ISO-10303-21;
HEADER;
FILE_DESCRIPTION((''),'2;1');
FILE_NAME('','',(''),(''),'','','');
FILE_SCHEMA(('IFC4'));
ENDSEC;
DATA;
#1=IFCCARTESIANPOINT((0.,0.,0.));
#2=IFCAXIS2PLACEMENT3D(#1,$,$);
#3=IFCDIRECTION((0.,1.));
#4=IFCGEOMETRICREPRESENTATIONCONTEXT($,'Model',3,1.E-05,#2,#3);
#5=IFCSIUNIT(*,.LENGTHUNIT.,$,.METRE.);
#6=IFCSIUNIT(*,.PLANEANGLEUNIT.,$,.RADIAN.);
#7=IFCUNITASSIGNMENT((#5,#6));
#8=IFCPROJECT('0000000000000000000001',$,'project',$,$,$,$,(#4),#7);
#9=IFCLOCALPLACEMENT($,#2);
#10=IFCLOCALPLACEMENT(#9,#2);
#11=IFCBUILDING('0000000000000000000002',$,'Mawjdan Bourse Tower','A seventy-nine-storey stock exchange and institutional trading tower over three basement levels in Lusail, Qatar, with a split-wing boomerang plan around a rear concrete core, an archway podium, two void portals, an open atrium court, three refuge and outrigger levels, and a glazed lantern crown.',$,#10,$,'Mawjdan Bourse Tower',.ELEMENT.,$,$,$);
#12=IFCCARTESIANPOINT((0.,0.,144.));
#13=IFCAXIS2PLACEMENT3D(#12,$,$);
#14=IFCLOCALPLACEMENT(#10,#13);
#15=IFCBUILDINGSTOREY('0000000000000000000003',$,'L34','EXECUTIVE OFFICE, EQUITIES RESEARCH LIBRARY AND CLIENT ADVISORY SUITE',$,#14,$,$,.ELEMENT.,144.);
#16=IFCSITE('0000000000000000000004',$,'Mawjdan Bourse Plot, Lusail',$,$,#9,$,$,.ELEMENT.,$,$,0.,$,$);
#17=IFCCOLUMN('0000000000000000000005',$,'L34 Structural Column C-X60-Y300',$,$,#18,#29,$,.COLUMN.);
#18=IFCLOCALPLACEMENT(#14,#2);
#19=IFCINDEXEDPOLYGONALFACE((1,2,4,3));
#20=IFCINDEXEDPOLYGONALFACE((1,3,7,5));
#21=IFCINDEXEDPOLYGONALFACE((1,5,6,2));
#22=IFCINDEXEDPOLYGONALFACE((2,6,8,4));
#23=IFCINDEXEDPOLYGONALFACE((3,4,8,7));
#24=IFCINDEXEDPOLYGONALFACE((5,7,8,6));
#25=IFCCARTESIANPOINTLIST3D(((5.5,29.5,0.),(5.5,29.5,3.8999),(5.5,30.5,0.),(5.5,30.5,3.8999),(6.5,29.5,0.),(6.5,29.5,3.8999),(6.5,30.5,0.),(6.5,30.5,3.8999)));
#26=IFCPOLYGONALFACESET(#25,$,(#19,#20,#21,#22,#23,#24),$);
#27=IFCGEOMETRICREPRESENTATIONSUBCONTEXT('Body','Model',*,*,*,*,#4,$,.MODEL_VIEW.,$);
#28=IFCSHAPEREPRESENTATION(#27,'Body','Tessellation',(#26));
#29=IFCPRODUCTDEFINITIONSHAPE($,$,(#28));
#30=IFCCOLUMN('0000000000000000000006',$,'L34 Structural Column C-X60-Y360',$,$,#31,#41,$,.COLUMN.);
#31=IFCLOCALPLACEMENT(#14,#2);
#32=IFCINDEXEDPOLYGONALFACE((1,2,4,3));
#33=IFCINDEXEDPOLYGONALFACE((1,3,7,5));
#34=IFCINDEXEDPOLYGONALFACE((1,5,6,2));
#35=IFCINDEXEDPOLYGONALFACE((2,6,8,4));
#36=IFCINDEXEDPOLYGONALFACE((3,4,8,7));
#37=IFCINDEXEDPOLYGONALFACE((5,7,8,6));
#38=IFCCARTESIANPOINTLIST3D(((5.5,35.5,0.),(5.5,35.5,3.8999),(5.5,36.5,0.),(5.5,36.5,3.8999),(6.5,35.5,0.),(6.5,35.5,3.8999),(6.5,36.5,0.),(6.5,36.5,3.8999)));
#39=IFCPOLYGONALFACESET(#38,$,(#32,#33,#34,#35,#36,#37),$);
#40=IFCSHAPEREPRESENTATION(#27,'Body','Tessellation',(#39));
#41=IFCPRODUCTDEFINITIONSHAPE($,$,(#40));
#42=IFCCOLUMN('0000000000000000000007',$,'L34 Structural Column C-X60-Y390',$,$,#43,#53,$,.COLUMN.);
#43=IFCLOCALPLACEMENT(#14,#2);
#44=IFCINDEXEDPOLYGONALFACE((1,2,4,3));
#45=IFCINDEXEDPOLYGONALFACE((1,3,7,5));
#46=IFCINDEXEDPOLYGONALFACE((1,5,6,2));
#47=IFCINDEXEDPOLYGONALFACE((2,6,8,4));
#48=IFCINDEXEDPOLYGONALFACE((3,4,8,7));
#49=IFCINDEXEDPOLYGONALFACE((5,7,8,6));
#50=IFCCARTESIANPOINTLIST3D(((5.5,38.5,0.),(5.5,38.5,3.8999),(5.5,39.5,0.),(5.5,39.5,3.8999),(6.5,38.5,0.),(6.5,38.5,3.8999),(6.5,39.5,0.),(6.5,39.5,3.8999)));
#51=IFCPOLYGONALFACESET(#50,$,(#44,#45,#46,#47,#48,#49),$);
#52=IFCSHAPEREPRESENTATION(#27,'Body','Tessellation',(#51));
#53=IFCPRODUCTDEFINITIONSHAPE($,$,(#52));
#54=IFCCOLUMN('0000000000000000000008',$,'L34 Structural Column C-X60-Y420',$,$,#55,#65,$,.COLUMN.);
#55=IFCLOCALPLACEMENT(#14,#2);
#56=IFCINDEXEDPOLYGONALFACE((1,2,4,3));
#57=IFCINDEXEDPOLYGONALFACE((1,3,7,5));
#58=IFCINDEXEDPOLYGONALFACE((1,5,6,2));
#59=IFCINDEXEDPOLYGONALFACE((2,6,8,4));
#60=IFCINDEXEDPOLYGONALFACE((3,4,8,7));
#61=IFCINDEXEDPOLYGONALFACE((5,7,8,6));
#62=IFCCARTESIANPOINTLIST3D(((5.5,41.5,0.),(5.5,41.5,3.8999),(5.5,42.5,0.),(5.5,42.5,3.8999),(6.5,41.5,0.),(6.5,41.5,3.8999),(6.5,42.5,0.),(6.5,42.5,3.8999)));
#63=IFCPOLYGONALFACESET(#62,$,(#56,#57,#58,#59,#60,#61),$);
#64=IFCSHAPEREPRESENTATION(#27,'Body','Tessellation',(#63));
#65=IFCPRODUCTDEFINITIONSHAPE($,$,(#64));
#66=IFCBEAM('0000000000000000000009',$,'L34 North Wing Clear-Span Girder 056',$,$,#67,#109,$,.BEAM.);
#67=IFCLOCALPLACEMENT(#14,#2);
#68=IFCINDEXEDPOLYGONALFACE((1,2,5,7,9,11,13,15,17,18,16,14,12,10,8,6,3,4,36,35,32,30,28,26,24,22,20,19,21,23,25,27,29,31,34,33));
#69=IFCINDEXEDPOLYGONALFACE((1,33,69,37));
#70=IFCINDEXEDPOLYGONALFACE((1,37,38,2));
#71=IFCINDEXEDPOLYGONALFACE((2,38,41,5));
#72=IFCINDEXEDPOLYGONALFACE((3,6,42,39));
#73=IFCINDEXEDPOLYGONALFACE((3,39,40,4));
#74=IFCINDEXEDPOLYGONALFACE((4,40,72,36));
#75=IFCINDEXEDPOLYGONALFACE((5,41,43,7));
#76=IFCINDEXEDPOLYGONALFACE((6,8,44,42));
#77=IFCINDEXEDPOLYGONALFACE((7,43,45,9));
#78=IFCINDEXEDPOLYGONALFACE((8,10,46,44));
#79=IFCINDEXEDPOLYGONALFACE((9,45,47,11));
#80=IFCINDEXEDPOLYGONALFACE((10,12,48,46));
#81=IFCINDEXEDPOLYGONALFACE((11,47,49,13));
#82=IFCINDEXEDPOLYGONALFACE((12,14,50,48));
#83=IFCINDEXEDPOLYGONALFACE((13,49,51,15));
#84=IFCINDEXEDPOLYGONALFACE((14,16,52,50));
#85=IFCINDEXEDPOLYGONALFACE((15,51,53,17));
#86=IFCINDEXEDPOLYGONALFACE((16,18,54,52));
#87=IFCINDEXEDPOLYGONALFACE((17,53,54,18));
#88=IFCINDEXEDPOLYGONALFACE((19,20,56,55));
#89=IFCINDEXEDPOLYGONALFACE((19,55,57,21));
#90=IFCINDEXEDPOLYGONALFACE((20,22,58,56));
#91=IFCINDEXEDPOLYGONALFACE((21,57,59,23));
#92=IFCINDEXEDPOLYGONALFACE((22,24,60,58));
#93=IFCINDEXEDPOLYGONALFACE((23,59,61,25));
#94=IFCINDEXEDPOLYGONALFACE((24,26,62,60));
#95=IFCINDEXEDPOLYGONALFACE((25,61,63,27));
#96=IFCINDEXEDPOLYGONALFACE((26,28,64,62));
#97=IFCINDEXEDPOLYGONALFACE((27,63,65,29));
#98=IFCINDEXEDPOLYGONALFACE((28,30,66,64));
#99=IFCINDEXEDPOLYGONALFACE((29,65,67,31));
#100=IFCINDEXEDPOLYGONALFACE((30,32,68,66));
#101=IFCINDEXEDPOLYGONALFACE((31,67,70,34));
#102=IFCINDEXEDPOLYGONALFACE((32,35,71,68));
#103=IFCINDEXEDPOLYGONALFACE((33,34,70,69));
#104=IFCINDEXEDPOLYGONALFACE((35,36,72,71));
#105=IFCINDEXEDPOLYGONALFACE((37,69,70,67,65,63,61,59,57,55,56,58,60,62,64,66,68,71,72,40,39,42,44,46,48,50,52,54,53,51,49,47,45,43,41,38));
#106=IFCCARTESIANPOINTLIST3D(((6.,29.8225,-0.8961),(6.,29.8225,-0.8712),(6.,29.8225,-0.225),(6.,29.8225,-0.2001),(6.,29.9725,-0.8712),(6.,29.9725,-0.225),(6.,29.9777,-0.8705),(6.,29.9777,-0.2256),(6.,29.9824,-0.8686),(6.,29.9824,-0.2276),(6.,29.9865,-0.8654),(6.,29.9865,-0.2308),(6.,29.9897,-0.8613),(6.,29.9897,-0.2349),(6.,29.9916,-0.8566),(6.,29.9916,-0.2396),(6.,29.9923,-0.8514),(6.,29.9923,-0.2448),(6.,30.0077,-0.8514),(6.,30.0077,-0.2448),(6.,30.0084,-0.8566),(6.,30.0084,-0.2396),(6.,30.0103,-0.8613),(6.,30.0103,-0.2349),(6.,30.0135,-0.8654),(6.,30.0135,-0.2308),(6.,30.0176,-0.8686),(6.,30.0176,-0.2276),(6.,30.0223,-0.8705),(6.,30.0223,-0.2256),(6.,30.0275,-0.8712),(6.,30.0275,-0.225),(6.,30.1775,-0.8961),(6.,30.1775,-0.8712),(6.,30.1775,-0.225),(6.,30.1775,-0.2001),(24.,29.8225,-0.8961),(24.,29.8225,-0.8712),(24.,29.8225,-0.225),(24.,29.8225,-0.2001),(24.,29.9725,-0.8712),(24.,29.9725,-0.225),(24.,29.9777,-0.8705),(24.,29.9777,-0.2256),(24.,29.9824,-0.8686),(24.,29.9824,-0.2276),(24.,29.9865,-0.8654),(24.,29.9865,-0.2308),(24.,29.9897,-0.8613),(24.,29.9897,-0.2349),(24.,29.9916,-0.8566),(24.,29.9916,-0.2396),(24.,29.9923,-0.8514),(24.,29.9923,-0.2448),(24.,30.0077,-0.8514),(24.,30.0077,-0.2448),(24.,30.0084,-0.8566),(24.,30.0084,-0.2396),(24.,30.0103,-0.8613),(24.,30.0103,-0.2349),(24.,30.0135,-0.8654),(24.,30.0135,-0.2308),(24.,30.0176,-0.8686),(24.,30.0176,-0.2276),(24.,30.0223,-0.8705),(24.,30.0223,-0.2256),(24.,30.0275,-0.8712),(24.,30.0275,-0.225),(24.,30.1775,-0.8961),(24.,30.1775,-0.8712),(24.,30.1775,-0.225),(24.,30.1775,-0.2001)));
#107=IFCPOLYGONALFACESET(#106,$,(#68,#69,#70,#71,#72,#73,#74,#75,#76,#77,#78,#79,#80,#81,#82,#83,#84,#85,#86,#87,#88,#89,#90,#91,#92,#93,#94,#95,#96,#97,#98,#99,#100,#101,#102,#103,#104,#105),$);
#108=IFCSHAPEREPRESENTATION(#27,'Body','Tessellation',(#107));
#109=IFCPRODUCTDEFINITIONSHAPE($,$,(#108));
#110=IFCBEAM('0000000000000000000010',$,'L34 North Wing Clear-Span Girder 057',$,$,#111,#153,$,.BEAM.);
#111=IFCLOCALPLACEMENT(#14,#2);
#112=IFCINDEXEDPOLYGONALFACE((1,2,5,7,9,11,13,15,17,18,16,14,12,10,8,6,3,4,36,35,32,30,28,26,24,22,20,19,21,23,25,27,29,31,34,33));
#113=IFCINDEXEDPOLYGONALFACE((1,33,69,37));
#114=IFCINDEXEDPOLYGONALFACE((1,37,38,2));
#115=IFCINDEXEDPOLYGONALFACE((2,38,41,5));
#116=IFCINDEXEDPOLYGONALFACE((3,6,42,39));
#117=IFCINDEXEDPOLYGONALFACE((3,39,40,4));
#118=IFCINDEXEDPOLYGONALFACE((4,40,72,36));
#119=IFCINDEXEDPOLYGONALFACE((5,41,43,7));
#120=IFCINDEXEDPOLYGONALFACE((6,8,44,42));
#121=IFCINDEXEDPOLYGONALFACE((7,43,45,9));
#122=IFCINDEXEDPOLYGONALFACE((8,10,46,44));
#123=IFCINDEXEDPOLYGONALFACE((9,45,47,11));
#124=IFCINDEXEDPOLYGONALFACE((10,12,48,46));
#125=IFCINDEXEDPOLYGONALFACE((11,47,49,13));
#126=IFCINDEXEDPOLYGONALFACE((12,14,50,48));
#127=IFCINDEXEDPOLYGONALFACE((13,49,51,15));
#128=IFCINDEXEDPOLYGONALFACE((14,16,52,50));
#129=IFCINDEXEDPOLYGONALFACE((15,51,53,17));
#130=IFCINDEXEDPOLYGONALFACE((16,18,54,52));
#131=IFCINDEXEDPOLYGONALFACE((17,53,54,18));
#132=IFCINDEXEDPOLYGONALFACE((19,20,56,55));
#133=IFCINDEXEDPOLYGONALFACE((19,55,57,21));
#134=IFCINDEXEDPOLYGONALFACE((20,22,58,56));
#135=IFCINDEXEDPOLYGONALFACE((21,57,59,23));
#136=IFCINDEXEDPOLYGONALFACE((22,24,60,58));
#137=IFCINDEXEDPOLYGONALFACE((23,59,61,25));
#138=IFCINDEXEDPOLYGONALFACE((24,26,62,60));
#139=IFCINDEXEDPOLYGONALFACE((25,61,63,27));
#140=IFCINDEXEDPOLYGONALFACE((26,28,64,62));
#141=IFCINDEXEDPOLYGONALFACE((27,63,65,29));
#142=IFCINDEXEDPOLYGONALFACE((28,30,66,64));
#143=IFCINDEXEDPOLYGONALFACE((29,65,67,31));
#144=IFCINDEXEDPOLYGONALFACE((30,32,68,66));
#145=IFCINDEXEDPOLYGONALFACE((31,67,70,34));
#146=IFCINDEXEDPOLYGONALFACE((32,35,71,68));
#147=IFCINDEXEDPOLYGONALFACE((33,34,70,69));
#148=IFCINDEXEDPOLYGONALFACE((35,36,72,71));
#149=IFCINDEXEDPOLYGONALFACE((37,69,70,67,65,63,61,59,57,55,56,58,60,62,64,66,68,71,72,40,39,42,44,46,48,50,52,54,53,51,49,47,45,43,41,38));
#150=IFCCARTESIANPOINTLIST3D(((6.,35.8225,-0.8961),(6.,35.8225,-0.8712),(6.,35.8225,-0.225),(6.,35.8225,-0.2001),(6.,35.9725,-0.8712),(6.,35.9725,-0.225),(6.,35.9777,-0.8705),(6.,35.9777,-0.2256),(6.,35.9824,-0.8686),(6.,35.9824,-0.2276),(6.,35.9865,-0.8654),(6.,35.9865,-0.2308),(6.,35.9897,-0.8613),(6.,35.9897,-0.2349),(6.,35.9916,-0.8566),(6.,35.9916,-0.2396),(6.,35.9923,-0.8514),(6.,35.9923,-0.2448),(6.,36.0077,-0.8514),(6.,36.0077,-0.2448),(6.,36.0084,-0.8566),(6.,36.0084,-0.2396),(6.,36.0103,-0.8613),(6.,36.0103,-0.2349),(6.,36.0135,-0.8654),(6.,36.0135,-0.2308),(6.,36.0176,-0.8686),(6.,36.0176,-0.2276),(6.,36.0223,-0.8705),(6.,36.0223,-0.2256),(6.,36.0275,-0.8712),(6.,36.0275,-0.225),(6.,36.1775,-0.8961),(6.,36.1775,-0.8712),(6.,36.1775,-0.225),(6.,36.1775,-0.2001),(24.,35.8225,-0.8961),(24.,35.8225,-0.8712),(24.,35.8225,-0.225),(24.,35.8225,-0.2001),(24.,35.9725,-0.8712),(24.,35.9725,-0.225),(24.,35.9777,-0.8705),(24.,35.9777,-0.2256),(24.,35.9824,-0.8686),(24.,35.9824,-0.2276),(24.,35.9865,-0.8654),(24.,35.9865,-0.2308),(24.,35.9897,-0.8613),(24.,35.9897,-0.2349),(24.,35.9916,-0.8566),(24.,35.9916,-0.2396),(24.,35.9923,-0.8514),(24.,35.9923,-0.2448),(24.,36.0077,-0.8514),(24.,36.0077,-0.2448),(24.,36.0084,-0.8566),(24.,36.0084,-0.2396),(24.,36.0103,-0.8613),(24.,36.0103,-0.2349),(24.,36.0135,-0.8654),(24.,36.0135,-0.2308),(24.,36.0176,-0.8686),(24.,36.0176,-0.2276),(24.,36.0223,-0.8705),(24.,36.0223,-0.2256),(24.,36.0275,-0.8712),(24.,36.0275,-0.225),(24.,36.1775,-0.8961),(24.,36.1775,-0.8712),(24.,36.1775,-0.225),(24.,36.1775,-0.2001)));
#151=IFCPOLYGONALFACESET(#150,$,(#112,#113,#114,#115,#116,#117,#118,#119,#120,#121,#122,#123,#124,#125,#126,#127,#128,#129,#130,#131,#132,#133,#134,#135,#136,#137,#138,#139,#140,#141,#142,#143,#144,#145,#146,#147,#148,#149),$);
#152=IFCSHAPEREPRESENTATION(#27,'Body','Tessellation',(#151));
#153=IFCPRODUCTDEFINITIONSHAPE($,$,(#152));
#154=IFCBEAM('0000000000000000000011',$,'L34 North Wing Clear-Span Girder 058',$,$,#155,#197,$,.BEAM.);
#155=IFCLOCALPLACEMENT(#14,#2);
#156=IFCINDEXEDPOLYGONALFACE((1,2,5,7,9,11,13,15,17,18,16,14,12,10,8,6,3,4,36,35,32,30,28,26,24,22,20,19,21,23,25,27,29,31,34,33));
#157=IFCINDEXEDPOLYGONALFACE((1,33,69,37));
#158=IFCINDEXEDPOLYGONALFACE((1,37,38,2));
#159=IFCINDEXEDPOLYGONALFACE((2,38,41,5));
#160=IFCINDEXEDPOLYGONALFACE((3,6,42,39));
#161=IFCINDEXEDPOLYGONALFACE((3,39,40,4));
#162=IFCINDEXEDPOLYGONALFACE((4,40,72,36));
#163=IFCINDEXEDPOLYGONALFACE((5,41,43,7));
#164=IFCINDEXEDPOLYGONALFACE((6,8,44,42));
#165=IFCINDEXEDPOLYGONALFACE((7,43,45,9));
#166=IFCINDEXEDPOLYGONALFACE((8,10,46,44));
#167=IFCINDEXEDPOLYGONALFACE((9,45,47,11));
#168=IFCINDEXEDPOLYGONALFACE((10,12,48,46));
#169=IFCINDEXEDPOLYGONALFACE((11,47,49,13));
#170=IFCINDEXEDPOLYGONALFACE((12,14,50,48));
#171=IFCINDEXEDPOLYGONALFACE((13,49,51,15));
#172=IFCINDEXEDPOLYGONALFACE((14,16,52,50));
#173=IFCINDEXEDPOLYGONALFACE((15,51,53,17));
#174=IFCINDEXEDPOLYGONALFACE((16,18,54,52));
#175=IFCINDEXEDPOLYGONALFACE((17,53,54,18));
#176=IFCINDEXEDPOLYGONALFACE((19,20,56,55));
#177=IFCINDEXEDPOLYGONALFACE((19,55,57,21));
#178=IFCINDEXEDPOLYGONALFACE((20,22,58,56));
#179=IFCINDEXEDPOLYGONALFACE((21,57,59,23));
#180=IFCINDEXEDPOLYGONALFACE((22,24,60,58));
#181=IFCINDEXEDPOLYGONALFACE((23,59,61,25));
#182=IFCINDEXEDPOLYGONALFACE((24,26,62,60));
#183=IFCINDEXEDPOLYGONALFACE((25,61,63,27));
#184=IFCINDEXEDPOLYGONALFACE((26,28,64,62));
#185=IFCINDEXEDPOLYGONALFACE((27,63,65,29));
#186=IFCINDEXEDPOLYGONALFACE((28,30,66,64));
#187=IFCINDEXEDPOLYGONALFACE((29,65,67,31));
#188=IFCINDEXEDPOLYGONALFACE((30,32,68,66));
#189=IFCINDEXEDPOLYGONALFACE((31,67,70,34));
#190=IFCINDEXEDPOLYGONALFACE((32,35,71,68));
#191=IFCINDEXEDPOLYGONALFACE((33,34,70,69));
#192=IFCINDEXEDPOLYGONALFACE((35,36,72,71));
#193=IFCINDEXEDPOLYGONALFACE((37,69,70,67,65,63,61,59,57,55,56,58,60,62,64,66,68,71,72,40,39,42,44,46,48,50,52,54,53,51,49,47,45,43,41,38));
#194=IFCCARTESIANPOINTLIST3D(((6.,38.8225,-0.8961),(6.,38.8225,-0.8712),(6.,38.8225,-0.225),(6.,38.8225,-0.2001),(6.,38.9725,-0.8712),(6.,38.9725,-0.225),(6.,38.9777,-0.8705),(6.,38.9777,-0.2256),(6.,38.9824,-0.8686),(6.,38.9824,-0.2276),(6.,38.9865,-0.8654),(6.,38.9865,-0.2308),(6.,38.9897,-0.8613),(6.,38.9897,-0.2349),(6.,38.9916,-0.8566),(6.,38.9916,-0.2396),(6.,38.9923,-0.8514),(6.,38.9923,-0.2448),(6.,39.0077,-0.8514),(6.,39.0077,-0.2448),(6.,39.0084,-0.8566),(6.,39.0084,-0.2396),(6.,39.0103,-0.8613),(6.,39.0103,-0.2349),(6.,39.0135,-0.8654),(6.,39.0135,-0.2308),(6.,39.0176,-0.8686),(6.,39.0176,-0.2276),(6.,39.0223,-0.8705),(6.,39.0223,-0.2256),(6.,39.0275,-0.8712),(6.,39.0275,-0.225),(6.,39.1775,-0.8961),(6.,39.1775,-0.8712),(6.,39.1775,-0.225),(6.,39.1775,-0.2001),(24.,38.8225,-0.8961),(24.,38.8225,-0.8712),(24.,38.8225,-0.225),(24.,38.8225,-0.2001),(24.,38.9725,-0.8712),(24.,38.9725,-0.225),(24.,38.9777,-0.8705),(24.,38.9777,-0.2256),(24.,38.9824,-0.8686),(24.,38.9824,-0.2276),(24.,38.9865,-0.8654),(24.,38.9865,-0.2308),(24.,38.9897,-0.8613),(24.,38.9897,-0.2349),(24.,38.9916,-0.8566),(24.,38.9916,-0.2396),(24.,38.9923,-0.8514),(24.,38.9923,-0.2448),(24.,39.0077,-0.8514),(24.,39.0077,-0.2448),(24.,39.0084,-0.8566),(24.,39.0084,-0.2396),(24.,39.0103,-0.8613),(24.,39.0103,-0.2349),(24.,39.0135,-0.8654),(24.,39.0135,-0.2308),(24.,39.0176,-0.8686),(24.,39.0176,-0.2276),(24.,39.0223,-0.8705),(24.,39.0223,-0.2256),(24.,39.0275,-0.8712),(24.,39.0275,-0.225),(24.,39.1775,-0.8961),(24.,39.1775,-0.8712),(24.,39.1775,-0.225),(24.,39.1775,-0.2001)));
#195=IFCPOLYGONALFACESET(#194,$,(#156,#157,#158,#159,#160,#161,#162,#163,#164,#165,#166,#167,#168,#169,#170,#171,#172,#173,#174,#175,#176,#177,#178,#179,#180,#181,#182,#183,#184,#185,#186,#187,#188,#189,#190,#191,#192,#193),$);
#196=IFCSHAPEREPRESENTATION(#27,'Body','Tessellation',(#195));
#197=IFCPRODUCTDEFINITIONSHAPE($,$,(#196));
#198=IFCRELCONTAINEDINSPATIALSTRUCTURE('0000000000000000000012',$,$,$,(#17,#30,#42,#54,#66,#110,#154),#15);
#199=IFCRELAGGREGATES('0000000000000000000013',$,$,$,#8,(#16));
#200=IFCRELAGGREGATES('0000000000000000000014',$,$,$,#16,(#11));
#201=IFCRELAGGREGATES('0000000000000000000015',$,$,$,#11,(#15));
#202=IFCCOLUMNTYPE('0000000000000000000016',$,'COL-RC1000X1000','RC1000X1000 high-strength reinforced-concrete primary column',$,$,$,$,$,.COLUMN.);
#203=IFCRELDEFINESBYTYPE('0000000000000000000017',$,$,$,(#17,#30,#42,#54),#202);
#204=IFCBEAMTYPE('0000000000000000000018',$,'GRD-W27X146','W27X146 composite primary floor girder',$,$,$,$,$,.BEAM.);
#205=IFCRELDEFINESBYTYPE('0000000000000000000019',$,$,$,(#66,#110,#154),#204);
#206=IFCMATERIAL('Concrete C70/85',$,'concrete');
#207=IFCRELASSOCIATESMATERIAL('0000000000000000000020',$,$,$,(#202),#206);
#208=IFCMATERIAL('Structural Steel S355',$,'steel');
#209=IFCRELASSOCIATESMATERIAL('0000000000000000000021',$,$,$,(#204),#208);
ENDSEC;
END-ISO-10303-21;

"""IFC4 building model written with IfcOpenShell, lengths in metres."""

from ifc_helpers import new_model, si_unit, direction, frame, origin, origin_2d, place, context, subcontext, project, spatial, rectangle, i_section, extrude, material, material_profile, profile_set, type_object, element, save


model = new_model("IFC4")

# Units and contexts
model_context = context("Model", 3, precision=1e-05, world=origin(), true_north=direction((0.0, 1.0)))
body_context = subcontext(model_context, "Body", "Model", "MODEL_VIEW")
ifc_project = project(units=[si_unit("LENGTHUNIT", "METRE"), si_unit("PLANEANGLEUNIT", "RADIAN")], contexts=[model_context])

# Site, building, storey
site_placement = place(None, origin())
site = spatial("IfcSite", under=ifc_project, at=site_placement, Name="Mawjdan Bourse Plot, Lusail", CompositionType="ELEMENT", RefElevation=0.0)
building_placement = place(site_placement, origin())
building = spatial("IfcBuilding", under=site, at=building_placement, Name="Mawjdan Bourse Tower", Description="A seventy-nine-storey stock exchange and institutional trading tower over three basement levels in Lusail, Qatar, with a split-wing boomerang plan around a rear concrete core, an archway podium, two void portals, an open atrium court, three refuge and outrigger levels, and a glazed lantern crown.", LongName="Mawjdan Bourse Tower", CompositionType="ELEMENT")
storey_placement = place(building_placement, frame((0.0, 0.0, 144.0)))
storey = spatial("IfcBuildingStorey", under=building, at=storey_placement, Name="L34", Description="EXECUTIVE OFFICE, EQUITIES RESEARCH LIBRARY AND CLIENT ADVISORY SUITE", CompositionType="ELEMENT", Elevation=144.0)

# Columns
ifc_material_1 = material(Name="Concrete C70/85", Category="concrete")
ifc_material_profile_1 = material_profile(ifc_material_1, rectangle(XDim=1.0, YDim=1.0, at=origin_2d()), Name="RC1000X1000")
ifc_profile_set_1 = profile_set([ifc_material_profile_1], Name="Concrete C70/85")
column_type = type_object("IfcColumnType", Name="COL-RC1000X1000", Description="RC1000X1000 high-strength reinforced-concrete primary column", PredefinedType="COLUMN", material=ifc_profile_set_1)
for number, where, z_axis, x_axis, name in (
    (1, (6.0, 30.0, 0.0), (0.0, 0.0, 1.0), (1.0, 0.0, 0.0), "L34 Structural Column C-X60-Y300"),
    (2, (6.0, 36.0, 0.0), (0.0, 0.0, 1.0), (1.0, 0.0, 0.0), "L34 Structural Column C-X60-Y360"),
    (3, (6.0, 39.0, 0.0), (0.0, 0.0, 1.0), (1.0, 0.0, 0.0), "L34 Structural Column C-X60-Y390"),
    (4, (6.0, 42.0, 0.0), (0.0, 0.0, 1.0), (1.0, 0.0, 0.0), "L34 Structural Column C-X60-Y420"),
):
    element("IfcColumn", number, at=place(storey_placement, frame(where, z_axis=z_axis, x_axis=x_axis)), inside=storey, type_object=column_type, Name=name, PredefinedType="COLUMN", context=body_context, shape_type="SweptSolid", body=[
        extrude(rectangle(XDim=1.0, YDim=1.0, at=origin_2d()), origin(), (0.0, 0.0, 1.0), 3.8999),
    ])

# Beams
ifc_material_2 = material(Name="Structural Steel S355", Category="steel")
ifc_material_profile_2 = material_profile(ifc_material_2, i_section(OverallWidth=0.355, OverallDepth=0.696, WebThickness=0.0154, FlangeThickness=0.0249, FilletRadius=0.0198, at=origin_2d()), Name="W27X146")
ifc_profile_set_2 = profile_set([ifc_material_profile_2], Name="Structural Steel S355")
beam_type_1 = type_object("IfcBeamType", Name="GRD-W27X146", Description="W27X146 composite primary floor girder", PredefinedType="BEAM", material=ifc_profile_set_2)
for number, where, z_axis, x_axis, name in (
    (5, (6.0, 30.0, -0.5481), (1.0, 0.0, 0.0), (0.0, 1.0, 0.0), "L34 North Wing Clear-Span Girder 056"),
    (6, (6.0, 36.0, -0.5481), (1.0, 0.0, 0.0), (0.0, 1.0, 0.0), "L34 North Wing Clear-Span Girder 057"),
    (7, (6.0, 39.0, -0.5481), (1.0, 0.0, 0.0), (0.0, 1.0, 0.0), "L34 North Wing Clear-Span Girder 058"),
):
    element("IfcBeam", number, at=place(storey_placement, frame(where, z_axis=z_axis, x_axis=x_axis)), inside=storey, type_object=beam_type_1, Name=name, PredefinedType="BEAM", context=body_context, shape_type="SweptSolid", body=[
        extrude(i_section(OverallWidth=0.355, OverallDepth=0.696, WebThickness=0.0154, FlangeThickness=0.0249, FilletRadius=0.0198, at=origin_2d()), origin(), (0.0, 0.0, 1.0), 18.0),
    ])

save(model, "model.ifc")
